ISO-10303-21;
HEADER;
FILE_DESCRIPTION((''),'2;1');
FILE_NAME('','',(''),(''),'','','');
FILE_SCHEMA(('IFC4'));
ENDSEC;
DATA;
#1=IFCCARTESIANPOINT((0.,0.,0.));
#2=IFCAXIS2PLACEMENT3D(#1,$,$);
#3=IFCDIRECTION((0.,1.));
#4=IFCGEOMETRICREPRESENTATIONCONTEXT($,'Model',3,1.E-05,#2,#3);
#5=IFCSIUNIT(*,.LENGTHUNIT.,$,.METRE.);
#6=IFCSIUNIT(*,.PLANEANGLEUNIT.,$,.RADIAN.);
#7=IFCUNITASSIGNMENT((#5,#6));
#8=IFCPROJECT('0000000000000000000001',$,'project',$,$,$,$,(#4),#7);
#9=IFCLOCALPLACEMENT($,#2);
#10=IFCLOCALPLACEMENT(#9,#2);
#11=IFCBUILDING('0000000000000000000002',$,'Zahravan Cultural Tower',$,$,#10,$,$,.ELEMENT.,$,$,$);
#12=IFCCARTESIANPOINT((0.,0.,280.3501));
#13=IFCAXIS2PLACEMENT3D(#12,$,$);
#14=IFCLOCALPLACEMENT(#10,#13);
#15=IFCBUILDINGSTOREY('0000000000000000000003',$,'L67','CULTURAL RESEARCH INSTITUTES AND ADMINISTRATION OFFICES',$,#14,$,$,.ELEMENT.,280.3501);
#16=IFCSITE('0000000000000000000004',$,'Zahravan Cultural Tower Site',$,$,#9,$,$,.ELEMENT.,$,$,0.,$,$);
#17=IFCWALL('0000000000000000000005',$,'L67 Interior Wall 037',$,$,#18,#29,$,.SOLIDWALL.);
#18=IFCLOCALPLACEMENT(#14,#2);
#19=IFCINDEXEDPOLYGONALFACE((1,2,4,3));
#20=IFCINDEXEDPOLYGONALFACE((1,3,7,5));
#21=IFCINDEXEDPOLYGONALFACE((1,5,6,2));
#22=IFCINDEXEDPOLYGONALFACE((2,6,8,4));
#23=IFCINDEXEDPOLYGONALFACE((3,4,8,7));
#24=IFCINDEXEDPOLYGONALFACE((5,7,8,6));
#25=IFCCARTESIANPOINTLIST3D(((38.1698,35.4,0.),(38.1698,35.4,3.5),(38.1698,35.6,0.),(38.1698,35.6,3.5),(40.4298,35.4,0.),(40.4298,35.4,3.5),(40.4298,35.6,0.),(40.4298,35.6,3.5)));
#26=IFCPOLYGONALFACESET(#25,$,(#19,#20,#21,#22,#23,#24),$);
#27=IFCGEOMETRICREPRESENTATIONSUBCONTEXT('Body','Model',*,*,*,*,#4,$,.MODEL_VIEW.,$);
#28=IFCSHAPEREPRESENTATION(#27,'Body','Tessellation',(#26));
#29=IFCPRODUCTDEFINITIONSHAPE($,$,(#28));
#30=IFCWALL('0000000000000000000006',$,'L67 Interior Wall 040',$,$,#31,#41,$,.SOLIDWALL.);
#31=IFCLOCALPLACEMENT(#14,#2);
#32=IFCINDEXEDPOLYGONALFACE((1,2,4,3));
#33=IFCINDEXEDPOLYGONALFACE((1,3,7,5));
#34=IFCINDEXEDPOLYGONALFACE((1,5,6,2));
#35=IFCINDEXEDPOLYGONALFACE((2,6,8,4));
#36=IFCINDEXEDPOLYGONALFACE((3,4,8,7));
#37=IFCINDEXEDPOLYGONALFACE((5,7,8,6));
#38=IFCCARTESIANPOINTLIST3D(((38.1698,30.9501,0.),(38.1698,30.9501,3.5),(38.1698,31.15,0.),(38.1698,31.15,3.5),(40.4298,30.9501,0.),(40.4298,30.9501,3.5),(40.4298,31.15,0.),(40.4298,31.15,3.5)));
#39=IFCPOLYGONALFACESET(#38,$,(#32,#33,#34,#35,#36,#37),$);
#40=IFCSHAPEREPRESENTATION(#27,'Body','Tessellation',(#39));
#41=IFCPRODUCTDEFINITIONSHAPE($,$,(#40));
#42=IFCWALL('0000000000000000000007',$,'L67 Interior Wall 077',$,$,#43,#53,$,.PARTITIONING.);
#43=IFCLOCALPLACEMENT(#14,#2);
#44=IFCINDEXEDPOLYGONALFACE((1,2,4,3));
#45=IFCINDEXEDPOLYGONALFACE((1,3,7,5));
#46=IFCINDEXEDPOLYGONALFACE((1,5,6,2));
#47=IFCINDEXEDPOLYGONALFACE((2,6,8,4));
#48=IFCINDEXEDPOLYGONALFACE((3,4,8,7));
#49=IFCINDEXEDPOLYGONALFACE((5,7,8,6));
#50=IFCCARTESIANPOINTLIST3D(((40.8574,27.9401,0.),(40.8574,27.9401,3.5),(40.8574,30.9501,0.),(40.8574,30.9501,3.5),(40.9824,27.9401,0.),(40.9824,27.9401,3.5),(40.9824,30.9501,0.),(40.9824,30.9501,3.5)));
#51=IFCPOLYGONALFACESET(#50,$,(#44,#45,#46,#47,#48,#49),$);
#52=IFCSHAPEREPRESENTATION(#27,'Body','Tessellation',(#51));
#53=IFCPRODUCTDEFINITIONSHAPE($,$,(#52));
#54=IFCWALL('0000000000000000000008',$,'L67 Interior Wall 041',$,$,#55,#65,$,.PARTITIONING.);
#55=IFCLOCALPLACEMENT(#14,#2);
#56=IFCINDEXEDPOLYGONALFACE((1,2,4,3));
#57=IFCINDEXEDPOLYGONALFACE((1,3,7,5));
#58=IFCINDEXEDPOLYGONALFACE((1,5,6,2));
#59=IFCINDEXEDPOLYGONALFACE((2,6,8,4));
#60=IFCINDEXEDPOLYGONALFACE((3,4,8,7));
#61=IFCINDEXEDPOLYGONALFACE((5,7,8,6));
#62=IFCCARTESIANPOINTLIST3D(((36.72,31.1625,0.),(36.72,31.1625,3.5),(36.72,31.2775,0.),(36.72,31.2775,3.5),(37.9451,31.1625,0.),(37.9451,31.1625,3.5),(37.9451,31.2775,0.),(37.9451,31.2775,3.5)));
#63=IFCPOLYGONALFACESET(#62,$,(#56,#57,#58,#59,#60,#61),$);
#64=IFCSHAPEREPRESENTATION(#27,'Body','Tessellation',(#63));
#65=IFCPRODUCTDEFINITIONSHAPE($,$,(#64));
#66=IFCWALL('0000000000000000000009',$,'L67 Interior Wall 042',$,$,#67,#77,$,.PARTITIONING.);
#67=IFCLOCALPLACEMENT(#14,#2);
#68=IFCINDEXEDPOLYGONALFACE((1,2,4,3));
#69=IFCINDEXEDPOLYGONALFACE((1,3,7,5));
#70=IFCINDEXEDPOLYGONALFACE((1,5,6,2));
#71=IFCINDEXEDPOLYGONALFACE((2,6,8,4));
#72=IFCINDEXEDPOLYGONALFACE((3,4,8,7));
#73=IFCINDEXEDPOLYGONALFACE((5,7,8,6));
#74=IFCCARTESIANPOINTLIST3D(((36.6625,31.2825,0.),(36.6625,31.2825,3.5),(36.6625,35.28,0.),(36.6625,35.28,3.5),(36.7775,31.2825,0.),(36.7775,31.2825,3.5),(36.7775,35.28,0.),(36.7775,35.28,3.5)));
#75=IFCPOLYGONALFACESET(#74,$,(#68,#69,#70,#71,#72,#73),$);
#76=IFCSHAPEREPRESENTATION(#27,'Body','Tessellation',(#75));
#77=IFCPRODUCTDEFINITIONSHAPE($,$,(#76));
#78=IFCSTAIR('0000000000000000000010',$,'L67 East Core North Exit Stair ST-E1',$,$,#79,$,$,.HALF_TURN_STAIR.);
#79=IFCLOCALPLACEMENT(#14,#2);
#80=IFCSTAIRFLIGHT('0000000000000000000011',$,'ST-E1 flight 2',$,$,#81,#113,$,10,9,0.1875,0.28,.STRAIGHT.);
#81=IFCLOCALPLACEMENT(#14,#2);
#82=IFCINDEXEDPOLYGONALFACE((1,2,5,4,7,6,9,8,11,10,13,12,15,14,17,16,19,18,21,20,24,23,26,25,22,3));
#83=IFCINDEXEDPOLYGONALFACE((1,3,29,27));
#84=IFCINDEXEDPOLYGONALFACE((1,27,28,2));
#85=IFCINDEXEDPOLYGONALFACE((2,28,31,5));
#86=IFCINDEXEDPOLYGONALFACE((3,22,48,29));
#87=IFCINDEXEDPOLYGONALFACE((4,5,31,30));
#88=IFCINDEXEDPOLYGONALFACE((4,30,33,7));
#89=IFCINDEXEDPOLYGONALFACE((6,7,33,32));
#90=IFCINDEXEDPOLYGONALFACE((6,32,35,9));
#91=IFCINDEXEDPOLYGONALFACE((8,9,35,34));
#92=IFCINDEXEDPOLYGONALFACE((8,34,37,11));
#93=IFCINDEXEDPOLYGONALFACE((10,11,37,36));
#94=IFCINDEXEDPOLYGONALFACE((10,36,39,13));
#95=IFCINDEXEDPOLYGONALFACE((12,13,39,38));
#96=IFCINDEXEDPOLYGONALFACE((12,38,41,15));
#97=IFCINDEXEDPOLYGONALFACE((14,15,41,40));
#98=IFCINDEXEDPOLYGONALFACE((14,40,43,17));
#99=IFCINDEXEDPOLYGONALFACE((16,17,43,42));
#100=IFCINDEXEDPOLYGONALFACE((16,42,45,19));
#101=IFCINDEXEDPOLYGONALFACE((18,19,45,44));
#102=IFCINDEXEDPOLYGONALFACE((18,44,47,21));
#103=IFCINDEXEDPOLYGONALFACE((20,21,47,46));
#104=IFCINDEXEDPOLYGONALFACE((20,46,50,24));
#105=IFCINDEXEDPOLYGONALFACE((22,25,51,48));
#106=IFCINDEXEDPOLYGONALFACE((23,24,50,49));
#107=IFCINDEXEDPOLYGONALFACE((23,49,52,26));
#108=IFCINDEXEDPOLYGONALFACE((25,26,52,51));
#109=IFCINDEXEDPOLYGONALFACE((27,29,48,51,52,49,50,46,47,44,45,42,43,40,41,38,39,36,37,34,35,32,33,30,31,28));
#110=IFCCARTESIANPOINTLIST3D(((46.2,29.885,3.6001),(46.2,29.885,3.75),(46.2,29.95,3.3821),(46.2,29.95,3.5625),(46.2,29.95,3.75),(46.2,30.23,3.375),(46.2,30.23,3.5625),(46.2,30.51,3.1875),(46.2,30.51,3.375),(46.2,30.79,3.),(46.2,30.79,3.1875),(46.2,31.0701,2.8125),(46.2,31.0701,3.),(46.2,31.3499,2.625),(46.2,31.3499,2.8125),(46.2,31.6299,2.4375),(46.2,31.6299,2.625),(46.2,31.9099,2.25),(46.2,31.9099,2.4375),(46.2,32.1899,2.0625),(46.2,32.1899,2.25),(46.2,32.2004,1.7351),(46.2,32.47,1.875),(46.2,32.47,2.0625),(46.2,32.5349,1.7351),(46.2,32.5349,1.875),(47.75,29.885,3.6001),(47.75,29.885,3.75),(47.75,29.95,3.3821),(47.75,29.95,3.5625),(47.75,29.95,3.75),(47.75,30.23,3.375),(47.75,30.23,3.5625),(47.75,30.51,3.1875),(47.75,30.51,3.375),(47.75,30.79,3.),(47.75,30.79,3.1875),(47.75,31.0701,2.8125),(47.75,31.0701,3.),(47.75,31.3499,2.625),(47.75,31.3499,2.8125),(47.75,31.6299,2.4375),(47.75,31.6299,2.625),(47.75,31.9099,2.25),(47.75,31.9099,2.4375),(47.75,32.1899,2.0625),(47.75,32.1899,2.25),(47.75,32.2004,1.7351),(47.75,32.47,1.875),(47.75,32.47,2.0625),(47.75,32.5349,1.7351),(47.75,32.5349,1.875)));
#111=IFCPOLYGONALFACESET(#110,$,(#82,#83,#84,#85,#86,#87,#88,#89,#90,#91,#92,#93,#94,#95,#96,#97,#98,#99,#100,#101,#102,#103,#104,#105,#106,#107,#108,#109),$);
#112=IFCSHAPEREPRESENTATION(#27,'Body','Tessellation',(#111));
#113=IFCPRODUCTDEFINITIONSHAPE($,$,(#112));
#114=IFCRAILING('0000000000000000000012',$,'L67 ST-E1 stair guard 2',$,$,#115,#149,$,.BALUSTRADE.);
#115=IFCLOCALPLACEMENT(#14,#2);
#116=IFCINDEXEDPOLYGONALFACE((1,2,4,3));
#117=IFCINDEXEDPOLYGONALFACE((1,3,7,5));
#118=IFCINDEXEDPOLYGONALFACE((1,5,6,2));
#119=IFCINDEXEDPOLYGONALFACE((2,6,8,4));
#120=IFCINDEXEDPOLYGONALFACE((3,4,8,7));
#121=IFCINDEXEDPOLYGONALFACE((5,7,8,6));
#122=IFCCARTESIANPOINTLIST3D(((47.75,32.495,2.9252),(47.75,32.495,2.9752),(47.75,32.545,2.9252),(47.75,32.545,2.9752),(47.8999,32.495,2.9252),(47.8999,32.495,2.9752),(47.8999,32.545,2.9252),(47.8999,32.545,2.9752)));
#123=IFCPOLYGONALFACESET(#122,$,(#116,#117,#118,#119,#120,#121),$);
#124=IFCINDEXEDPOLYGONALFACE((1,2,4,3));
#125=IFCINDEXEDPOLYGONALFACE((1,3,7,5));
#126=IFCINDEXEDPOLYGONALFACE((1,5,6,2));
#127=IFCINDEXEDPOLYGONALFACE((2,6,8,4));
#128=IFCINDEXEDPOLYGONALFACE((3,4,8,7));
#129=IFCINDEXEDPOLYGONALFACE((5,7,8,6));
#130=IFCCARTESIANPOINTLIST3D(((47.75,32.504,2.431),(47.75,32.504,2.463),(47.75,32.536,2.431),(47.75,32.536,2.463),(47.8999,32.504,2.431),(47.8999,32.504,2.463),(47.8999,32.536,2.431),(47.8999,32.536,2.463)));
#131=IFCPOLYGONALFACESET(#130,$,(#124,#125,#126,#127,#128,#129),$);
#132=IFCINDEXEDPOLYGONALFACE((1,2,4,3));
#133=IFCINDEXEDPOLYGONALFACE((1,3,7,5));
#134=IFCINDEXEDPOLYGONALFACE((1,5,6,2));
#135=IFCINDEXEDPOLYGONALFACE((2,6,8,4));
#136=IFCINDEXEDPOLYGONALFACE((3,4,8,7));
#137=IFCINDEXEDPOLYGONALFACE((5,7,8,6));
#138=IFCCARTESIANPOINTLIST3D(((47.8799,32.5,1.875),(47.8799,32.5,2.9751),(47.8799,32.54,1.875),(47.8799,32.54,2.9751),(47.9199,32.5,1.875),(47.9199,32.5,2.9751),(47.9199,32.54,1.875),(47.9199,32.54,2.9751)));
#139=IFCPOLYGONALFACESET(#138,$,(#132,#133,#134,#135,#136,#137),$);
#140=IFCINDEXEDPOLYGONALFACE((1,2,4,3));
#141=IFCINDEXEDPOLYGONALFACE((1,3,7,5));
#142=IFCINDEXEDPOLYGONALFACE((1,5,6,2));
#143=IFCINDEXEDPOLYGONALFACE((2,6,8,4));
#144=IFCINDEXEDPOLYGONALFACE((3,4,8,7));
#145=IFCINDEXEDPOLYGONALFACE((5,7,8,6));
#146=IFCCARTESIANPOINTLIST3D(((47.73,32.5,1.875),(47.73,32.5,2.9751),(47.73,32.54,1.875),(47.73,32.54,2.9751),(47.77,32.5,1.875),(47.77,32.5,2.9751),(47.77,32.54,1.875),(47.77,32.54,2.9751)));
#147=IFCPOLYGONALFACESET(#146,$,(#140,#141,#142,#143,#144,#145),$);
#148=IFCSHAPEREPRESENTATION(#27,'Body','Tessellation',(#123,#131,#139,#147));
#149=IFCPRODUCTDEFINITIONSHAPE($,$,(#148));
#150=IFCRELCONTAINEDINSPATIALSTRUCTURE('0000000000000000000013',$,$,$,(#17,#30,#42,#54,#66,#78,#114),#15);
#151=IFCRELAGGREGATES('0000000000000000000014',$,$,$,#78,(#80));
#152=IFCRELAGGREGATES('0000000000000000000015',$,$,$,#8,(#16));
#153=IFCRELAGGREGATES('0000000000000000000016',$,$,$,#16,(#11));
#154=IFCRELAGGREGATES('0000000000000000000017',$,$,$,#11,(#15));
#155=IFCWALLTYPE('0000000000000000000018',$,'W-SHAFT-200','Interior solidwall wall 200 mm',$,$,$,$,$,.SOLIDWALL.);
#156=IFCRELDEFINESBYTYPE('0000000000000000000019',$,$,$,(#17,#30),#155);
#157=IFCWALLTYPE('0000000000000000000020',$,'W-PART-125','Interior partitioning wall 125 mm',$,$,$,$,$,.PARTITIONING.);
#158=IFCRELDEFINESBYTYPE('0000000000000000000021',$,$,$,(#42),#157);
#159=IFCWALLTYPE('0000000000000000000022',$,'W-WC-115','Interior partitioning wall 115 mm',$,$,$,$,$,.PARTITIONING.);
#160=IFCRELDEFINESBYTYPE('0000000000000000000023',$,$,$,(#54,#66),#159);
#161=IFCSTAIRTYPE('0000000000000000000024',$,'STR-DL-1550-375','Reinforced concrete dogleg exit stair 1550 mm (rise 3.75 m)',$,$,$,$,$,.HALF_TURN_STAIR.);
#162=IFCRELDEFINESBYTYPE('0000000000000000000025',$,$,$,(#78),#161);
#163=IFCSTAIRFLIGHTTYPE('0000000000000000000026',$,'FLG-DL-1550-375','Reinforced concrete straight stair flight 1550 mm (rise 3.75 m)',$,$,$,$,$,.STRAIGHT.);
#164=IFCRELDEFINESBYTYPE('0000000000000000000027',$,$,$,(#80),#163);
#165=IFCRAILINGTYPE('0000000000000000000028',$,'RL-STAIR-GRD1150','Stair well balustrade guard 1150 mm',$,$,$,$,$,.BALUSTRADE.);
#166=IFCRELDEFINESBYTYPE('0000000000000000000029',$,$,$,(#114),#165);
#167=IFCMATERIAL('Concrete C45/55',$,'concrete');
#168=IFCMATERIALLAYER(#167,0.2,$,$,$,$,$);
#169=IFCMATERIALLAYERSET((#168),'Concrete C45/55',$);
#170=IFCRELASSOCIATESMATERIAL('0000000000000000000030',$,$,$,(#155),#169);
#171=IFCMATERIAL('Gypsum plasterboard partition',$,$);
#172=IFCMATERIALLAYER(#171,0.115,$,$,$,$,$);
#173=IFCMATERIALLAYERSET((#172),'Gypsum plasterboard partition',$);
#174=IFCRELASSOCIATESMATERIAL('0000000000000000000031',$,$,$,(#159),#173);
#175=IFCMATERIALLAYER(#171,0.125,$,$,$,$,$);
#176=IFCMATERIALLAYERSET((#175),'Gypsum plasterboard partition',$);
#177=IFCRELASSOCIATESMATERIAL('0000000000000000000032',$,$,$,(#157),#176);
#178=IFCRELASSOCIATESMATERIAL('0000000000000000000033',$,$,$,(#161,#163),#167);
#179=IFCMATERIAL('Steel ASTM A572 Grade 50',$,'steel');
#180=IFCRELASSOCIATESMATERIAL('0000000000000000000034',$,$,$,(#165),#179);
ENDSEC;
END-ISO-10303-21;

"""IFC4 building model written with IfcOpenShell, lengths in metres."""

from ifc_helpers import new_model, si_unit, direction, frame, frame_2d, origin, origin_2d, place, context, subcontext, project, spatial, polyline, rectangle, outline, extrude, source, transform, mapped, material, layer, layer_set, type_object, element, aggregate, save


model = new_model("IFC4")

# Units and contexts
model_context = context("Model", 3, precision=1e-05, world=origin(), true_north=direction((0.0, 1.0)))
body_context = subcontext(model_context, "Body", "Model", "MODEL_VIEW")
ifc_project = project(units=[si_unit("LENGTHUNIT", "METRE"), si_unit("PLANEANGLEUNIT", "RADIAN")], contexts=[model_context])

# Site, building, storey
site_placement = place(None, origin())
site = spatial("IfcSite", under=ifc_project, at=site_placement, Name="Zahravan Cultural Tower Site", CompositionType="ELEMENT", RefElevation=0.0)
building_placement = place(site_placement, origin())
building = spatial("IfcBuilding", under=site, at=building_placement, Name="Zahravan Cultural Tower", CompositionType="ELEMENT")
storey_placement = place(building_placement, frame((0.0, 0.0, 280.3501)))
storey = spatial("IfcBuildingStorey", under=building, at=storey_placement, Name="L67", Description="CULTURAL RESEARCH INSTITUTES AND ADMINISTRATION OFFICES", CompositionType="ELEMENT", Elevation=280.3501)

# Shared definitions
ifc_material_1 = material(Name="Steel ASTM A572 Grade 50", Category="steel")
ifc_material_2 = material(Name="Concrete C45/55", Category="concrete")
ifc_layer_1 = layer(ifc_material_2, 0.2)
ifc_layer_set_1 = layer_set([ifc_layer_1], Name="Concrete C45/55")
wall_type_1 = type_object("IfcWallType", Name="W-SHAFT-200", Description="Interior solidwall wall 200 mm", PredefinedType="SOLIDWALL", material=ifc_layer_set_1)
ifc_material_3 = material(Name="Gypsum plasterboard partition")
ifc_layer_2 = layer(ifc_material_3, 0.115)
ifc_layer_set_2 = layer_set([ifc_layer_2], Name="Gypsum plasterboard partition")
wall_type_2 = type_object("IfcWallType", Name="W-WC-115", Description="Interior partitioning wall 115 mm", PredefinedType="PARTITIONING", material=ifc_layer_set_2)

# Walls
shared_shape_1 = source(origin(), body_context, "Body", "SweptSolid", [
    extrude(rectangle(XDim=2.26, YDim=0.2, at=frame_2d((1.1299, 0.0))), origin(), (0.0, 0.0, 1.0), 3.5),
])
for number, where, z_axis, x_axis, name in (
    (1, (38.1699, 35.5, 0.0), (0.0, 0.0, 1.0), (1.0, 0.0, 0.0), "L67 Interior Wall 037"),
    (2, (38.1699, 31.05, 0.0), (0.0, 0.0, 1.0), (1.0, 0.0, 0.0), "L67 Interior Wall 040"),
):
    element("IfcWall", number, at=place(storey_placement, frame(where, z_axis=z_axis, x_axis=x_axis)), inside=storey, type_object=wall_type_1, Name=name, PredefinedType="SOLIDWALL", context=body_context, shape_type="MappedRepresentation", body=[
        mapped(shared_shape_1, transform((0.0, 0.0, 0.0), x_axis=(1.0, 0.0, 0.0), y_axis=(0.0, 1.0, 0.0), z_axis=(0.0, 0.0, 1.0), scale=1.0)),
    ])
ifc_layer_3 = layer(ifc_material_3, 0.125)
ifc_layer_set_3 = layer_set([ifc_layer_3], Name="Gypsum plasterboard partition")
wall_type_3 = type_object("IfcWallType", Name="W-PART-125", Description="Interior partitioning wall 125 mm", PredefinedType="PARTITIONING", material=ifc_layer_set_3)
shared_shape_2 = source(origin(), body_context, "Body", "SweptSolid", [
    extrude(rectangle(XDim=3.01, YDim=0.125, at=frame_2d((1.5049, 0.0))), origin(), (0.0, 0.0, 1.0), 3.5),
])
wall_1_placement = place(storey_placement, frame((40.9199, 30.95, 0.0), z_axis=(0.0, 0.0, 1.0), x_axis=(0.0, -1.0, 0.0)))
element("IfcWall", 3, at=wall_1_placement, inside=storey, type_object=wall_type_3, Name="L67 Interior Wall 077", PredefinedType="PARTITIONING", context=body_context, shape_type="MappedRepresentation", body=[
    mapped(shared_shape_2, transform((0.0, 0.0, 0.0), x_axis=(1.0, 0.0, 0.0), y_axis=(0.0, 1.0, 0.0), z_axis=(0.0, 0.0, 1.0), scale=1.0)),
])
shared_shape_3 = source(origin(), body_context, "Body", "SweptSolid", [
    extrude(rectangle(XDim=1.2251, YDim=0.115, at=frame_2d((0.6125, 0.0))), origin(), (0.0, 0.0, 1.0), 3.5),
])
wall_2_placement = place(storey_placement, frame((37.9451, 31.22, 0.0), z_axis=(0.0, 0.0, 1.0), x_axis=(-1.0, 0.0, 0.0)))
element("IfcWall", 4, at=wall_2_placement, inside=storey, type_object=wall_type_2, Name="L67 Interior Wall 041", PredefinedType="PARTITIONING", context=body_context, shape_type="MappedRepresentation", body=[
    mapped(shared_shape_3, transform((0.0, 0.0, 0.0), x_axis=(1.0, 0.0, 0.0), y_axis=(0.0, 1.0, 0.0), z_axis=(0.0, 0.0, 1.0), scale=1.0)),
])
shared_shape_4 = source(origin(), body_context, "Body", "SweptSolid", [
    extrude(rectangle(XDim=3.9976, YDim=0.115, at=frame_2d((1.9988, 0.0))), origin(), (0.0, 0.0, 1.0), 3.5),
])
wall_3_placement = place(storey_placement, frame((36.72, 31.2825, 0.0), z_axis=(0.0, 0.0, 1.0), x_axis=(0.0, 1.0, 0.0)))
element("IfcWall", 5, at=wall_3_placement, inside=storey, type_object=wall_type_2, Name="L67 Interior Wall 042", PredefinedType="PARTITIONING", context=body_context, shape_type="MappedRepresentation", body=[
    mapped(shared_shape_4, transform((0.0, 0.0, 0.0), x_axis=(1.0, 0.0, 0.0), y_axis=(0.0, 1.0, 0.0), z_axis=(0.0, 0.0, 1.0), scale=1.0)),
])

# Stair, stair flight
stair_type = type_object("IfcStairType", Name="STR-DL-1550-375", Description="Reinforced concrete dogleg exit stair 1550 mm (rise 3.75 m)", PredefinedType="HALF_TURN_STAIR", material=ifc_material_2)
stair_placement = place(storey_placement, origin())
stair = element("IfcStair", 6, at=stair_placement, inside=storey, type_object=stair_type, Name="L67 East Core North Exit Stair ST-E1", PredefinedType="HALF_TURN_STAIR")
stair_flight_type = type_object("IfcStairFlightType", Name="FLG-DL-1550-375", Description="Reinforced concrete straight stair flight 1550 mm (rise 3.75 m)", PredefinedType="STRAIGHT", material=ifc_material_2)
stair_flight_placement = place(storey_placement, frame((46.9751, 32.47, 1.875), z_axis=(0.0, 0.0, 1.0), x_axis=(0.0, -1.0, 0.0)))
stair_flight = element("IfcStairFlight", 7, at=stair_flight_placement, type_object=stair_flight_type, Name="ST-E1 flight 2", NumberOfRisers=10, NumberOfTreads=9, PredefinedType="STRAIGHT", RiserHeight=0.1875, TreadLength=0.28, context=body_context, shape_type="SweptSolid", body=[
    extrude(outline(polyline([(-0.0649, -0.1399), (-0.0649, 0.0), (0.0, 0.0), (0.0, 0.1875), (0.28, 0.1875), (0.28, 0.375), (0.5601, 0.375), (0.5601, 0.5625), (0.8401, 0.5625), (0.8401, 0.75), (1.1201, 0.75), (1.1201, 0.9375), (1.3999, 0.9375), (1.3999, 1.125), (1.6799, 1.125), (1.6799, 1.3125), (1.96, 1.3125), (1.96, 1.5), (2.24, 1.5), (2.24, 1.6875), (2.52, 1.6875), (2.52, 1.875), (2.585, 1.875), (2.585, 1.7251), (2.52, 1.5071), (0.2695, -0.1399), (-0.0649, -0.1399)])), frame((0.0, 0.7749, 0.0), z_axis=(0.0, -1.0, 0.0), x_axis=(1.0, 0.0, 0.0)), (0.0, 0.0, 1.0), 1.55),
])
aggregate(stair, [stair_flight])

# Railing
railing_type_1 = type_object("IfcRailingType", Name="RL-STAIR-GRD1150", Description="Stair well balustrade guard 1150 mm", PredefinedType="BALUSTRADE", material=ifc_material_1)
railing_1_placement = place(storey_placement, frame((47.8999, 32.52, 1.875)))
element("IfcRailing", 8, at=railing_1_placement, inside=storey, type_object=railing_type_1, Name="L67 ST-E1 stair guard 2", PredefinedType="BALUSTRADE", context=body_context, shape_type="SweptSolid", body=[
    extrude(rectangle(XDim=0.05, YDim=0.05, at=origin_2d()), frame((0.0, 0.0, 1.0752), z_axis=(-1.0, 0.0, 0.0), x_axis=(0.0, -1.0, 0.0)), (0.0, 0.0, 1.0), 0.1499),
    extrude(rectangle(XDim=0.032, YDim=0.032, at=origin_2d()), frame((0.0, 0.0, 0.572), z_axis=(-1.0, 0.0, 0.0), x_axis=(0.0, -1.0, 0.0)), (0.0, 0.0, 1.0), 0.1499),
    extrude(rectangle(XDim=0.04, YDim=0.04, at=origin_2d()), origin(), (0.0, 0.0, 1.0), 1.1001),
    extrude(rectangle(XDim=0.04, YDim=0.04, at=origin_2d()), frame((-0.1499, 0.0, 0.0)), (0.0, 0.0, 1.0), 1.1001),
])

save(model, "model.ifc")
